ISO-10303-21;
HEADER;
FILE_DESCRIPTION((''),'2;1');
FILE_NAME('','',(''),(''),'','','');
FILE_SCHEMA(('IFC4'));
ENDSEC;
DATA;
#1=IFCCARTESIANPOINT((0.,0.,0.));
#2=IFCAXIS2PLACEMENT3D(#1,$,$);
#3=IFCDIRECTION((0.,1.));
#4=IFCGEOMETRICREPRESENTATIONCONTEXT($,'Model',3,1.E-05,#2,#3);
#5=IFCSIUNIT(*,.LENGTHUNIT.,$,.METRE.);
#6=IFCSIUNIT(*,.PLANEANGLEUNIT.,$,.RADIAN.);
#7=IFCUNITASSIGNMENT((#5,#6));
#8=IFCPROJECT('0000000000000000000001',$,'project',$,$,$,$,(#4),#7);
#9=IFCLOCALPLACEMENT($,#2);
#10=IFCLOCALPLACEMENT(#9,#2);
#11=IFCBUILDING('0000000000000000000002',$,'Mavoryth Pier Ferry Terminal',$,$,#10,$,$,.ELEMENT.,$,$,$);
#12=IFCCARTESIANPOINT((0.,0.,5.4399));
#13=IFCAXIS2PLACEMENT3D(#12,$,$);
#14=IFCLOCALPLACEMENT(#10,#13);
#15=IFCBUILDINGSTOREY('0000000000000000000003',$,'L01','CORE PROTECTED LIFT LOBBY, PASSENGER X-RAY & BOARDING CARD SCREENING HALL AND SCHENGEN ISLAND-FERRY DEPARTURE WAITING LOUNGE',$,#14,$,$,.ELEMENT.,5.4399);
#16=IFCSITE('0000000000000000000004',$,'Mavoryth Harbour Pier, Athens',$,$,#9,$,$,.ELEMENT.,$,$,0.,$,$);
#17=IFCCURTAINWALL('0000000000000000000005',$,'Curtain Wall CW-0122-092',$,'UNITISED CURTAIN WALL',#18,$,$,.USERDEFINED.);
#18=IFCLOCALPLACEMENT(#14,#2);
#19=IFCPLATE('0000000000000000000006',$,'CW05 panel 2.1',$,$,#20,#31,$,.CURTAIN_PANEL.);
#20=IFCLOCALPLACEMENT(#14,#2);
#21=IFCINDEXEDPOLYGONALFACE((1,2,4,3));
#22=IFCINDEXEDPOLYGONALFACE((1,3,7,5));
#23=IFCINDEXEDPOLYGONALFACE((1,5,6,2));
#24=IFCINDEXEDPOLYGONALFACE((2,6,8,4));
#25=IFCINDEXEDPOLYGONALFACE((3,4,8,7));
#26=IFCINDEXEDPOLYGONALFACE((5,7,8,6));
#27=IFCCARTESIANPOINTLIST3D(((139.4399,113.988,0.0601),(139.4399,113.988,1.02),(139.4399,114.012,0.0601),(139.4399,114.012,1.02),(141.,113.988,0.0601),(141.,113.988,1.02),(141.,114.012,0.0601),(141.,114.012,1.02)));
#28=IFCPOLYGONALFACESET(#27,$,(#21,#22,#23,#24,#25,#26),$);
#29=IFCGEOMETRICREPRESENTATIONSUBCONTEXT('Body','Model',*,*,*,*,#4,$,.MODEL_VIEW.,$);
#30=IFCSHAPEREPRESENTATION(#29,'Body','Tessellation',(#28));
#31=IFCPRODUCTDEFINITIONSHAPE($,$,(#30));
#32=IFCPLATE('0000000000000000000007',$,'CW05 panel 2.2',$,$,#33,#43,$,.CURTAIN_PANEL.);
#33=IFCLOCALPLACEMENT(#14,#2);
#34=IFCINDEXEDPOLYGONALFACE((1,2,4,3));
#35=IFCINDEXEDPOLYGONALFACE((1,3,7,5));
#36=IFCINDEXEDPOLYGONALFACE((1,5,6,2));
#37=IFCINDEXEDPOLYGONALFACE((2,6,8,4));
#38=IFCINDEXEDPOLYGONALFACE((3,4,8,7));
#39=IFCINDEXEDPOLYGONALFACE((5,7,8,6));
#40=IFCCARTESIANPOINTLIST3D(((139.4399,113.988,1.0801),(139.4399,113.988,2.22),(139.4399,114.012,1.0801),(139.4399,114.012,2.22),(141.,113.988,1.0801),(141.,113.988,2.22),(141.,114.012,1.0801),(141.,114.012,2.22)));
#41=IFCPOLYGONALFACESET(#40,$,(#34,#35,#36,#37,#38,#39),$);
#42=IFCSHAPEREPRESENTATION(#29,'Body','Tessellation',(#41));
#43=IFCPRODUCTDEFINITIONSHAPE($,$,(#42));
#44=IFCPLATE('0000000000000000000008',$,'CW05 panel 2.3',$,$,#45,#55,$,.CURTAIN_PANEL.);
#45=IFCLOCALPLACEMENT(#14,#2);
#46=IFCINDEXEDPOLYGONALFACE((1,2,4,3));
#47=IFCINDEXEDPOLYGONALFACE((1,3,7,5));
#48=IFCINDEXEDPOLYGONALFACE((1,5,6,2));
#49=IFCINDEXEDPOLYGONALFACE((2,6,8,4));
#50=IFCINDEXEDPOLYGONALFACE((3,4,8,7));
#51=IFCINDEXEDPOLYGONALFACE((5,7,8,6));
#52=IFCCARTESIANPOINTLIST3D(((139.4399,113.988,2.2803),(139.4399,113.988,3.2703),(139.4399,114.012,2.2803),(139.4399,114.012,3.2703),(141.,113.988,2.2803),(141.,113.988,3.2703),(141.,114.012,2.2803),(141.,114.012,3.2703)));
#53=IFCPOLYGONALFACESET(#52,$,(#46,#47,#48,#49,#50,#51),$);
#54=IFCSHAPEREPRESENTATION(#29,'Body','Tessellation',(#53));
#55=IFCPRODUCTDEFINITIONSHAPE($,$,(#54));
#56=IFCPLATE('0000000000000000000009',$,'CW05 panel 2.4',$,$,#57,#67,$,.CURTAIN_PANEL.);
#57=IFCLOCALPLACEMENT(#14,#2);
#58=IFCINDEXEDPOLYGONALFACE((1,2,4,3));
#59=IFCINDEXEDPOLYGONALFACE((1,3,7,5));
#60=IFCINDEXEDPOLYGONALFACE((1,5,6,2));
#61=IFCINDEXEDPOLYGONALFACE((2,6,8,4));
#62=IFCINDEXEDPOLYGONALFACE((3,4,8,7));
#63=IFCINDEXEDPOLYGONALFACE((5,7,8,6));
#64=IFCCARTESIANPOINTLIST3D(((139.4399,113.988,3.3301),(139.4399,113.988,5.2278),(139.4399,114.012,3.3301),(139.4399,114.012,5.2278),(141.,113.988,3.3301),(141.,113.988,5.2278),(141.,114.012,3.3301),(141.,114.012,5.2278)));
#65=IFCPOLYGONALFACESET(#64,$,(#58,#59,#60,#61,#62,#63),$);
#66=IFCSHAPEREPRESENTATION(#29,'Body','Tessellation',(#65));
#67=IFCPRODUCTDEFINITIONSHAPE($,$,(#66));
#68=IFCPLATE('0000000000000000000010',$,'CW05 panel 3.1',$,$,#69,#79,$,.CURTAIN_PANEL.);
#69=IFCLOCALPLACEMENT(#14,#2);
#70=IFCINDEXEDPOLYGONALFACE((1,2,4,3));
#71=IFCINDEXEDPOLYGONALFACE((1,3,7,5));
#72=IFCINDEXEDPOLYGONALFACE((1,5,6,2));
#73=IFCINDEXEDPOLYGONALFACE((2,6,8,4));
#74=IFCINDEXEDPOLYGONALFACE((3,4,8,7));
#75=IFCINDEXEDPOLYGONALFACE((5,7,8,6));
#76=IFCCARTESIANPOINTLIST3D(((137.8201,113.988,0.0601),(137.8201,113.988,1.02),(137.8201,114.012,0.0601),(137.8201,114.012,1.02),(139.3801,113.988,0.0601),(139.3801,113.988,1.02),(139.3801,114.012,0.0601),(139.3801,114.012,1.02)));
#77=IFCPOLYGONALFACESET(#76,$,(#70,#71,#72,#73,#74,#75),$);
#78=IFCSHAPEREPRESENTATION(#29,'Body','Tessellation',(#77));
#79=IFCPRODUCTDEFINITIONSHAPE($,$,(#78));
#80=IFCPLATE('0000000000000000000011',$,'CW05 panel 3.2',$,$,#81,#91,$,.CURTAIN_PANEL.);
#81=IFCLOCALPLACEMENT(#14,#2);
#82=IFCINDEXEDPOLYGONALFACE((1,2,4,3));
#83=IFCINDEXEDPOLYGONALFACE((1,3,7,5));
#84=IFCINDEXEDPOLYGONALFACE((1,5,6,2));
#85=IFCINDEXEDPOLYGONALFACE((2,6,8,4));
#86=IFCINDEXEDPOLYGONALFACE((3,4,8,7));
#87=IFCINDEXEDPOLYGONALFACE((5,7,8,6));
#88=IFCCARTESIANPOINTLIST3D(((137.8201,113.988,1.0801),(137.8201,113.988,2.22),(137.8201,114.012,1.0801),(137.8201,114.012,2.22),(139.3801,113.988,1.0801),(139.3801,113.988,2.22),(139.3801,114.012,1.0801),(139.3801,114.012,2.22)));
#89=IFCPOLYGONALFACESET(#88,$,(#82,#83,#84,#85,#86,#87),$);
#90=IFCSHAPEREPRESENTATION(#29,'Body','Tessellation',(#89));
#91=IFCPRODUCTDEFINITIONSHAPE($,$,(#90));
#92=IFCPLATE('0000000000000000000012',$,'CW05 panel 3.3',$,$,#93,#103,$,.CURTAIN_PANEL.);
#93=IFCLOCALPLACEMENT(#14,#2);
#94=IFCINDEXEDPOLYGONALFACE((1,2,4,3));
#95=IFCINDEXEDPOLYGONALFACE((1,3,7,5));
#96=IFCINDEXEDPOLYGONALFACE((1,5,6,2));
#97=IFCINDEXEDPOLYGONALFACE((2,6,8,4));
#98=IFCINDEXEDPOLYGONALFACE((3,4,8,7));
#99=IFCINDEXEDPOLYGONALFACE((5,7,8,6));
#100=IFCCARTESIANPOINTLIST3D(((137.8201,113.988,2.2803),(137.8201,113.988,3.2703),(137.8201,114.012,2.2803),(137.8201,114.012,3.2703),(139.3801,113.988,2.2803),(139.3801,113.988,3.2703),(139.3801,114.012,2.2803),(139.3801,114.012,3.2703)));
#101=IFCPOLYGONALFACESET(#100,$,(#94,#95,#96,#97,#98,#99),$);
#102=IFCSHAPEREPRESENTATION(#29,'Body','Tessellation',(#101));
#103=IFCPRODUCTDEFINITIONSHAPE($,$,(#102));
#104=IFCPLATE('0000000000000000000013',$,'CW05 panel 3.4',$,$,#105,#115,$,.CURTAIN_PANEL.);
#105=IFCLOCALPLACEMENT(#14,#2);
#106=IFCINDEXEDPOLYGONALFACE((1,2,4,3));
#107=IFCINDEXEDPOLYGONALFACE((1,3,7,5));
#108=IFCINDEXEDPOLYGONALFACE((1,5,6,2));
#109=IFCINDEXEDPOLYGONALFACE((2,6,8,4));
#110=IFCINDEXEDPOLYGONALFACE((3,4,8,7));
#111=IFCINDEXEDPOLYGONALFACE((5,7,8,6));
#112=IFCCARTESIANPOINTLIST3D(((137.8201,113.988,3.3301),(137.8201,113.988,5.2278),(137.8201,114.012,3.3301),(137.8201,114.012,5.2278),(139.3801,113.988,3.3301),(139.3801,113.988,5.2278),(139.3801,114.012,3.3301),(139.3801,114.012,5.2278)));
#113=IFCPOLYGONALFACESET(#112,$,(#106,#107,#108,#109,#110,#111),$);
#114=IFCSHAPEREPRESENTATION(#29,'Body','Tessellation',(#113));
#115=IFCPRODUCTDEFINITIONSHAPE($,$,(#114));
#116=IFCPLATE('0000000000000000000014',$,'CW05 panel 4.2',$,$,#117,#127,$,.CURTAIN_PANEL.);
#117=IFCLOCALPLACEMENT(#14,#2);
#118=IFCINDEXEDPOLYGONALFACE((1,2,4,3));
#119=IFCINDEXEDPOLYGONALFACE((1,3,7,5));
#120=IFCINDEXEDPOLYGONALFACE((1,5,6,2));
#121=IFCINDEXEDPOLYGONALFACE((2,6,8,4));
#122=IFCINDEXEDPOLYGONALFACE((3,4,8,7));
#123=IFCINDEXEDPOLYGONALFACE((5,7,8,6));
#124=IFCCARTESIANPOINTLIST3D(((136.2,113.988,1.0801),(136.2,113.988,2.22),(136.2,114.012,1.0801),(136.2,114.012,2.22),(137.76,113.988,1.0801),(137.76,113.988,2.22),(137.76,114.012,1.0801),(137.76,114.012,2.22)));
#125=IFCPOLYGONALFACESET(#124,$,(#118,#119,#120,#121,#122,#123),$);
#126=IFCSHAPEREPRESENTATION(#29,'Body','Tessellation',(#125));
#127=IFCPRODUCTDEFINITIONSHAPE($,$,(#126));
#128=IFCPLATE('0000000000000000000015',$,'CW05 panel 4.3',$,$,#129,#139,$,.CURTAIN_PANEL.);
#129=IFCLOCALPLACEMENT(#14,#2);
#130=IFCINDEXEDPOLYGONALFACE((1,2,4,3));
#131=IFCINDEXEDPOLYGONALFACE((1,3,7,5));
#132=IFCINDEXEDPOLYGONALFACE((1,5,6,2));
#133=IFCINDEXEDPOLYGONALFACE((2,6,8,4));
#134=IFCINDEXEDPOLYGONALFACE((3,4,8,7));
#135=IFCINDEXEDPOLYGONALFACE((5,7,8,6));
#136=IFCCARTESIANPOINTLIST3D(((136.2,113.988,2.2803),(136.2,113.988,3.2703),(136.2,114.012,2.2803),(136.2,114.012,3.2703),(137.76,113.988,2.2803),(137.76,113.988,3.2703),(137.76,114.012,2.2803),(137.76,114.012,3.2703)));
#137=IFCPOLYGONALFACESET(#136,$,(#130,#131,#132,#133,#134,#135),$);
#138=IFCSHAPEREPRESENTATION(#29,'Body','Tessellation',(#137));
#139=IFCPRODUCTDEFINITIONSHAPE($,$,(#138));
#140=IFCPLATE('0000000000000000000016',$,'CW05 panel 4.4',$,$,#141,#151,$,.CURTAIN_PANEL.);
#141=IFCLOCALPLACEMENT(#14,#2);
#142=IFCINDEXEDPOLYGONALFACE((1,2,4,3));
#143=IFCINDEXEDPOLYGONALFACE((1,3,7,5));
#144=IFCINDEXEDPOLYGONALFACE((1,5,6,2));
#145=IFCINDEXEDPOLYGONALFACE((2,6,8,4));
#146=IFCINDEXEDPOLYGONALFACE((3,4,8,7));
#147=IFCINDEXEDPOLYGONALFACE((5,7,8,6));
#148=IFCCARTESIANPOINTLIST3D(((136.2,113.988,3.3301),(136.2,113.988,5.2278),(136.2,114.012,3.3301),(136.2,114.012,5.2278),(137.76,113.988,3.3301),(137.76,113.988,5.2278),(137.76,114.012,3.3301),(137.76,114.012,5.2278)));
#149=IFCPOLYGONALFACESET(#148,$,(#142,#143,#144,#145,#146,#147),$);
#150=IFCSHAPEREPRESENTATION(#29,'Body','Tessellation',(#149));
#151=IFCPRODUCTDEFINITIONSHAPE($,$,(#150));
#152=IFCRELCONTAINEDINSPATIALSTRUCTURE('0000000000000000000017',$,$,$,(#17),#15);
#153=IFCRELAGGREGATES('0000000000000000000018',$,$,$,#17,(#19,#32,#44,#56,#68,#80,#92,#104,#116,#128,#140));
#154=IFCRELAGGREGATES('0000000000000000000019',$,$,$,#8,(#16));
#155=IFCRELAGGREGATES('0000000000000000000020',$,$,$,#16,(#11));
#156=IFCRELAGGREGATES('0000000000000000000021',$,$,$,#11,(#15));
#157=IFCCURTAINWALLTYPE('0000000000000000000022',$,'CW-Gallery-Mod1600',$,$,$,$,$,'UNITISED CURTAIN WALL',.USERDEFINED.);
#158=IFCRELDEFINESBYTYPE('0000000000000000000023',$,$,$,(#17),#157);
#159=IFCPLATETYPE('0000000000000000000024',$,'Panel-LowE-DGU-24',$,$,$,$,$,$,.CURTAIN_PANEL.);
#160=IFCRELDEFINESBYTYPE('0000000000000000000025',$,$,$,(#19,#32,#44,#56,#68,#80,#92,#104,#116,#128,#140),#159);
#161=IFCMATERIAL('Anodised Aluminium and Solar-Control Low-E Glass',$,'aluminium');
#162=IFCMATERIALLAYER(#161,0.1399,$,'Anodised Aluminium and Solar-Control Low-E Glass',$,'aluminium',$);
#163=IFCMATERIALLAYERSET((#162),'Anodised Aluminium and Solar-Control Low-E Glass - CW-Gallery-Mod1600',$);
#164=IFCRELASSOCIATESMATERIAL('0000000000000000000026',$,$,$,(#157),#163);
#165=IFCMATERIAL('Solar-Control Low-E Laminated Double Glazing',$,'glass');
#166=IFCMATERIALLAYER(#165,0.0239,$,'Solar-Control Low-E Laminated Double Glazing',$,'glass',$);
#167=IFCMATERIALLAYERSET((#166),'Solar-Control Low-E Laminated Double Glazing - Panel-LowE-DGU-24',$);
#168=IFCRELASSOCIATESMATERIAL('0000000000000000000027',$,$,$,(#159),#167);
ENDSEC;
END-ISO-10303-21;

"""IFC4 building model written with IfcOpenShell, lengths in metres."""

from ifc_helpers import new_model, si_unit, direction, frame, origin, origin_2d, place, context, subcontext, project, spatial, rectangle, extrude, material, layer, layer_set, type_object, element, aggregate, save


model = new_model("IFC4")

# Units and contexts
model_context = context("Model", 3, precision=1e-05, world=origin(), true_north=direction((0.0, 1.0)))
body_context = subcontext(model_context, "Body", "Model", "MODEL_VIEW")
ifc_project = project(units=[si_unit("LENGTHUNIT", "METRE"), si_unit("PLANEANGLEUNIT", "RADIAN")], contexts=[model_context])

# Site, building, storey
site_placement = place(None, origin())
site = spatial("IfcSite", under=ifc_project, at=site_placement, Name="Mavoryth Harbour Pier, Athens", CompositionType="ELEMENT", RefElevation=0.0)
building_placement = place(site_placement, origin())
building = spatial("IfcBuilding", under=site, at=building_placement, Name="Mavoryth Pier Ferry Terminal", CompositionType="ELEMENT")
storey_placement = place(building_placement, frame((0.0, 0.0, 5.4399)))
storey = spatial("IfcBuildingStorey", under=building, at=storey_placement, Name="L01", Description="CORE PROTECTED LIFT LOBBY, PASSENGER X-RAY & BOARDING CARD SCREENING HALL AND SCHENGEN ISLAND-FERRY DEPARTURE WAITING LOUNGE", CompositionType="ELEMENT", Elevation=5.4399)

# Curtain wall, plates
ifc_material_1 = material(Name="Anodised Aluminium and Solar-Control Low-E Glass", Category="aluminium")
ifc_layer_1 = layer(ifc_material_1, 0.1399, Name="Anodised Aluminium and Solar-Control Low-E Glass", Category="aluminium")
ifc_layer_set_1 = layer_set([ifc_layer_1], Name="Anodised Aluminium and Solar-Control Low-E Glass - CW-Gallery-Mod1600")
curtain_wall_type = type_object("IfcCurtainWallType", Name="CW-Gallery-Mod1600", ElementType="UNITISED CURTAIN WALL", PredefinedType="USERDEFINED", material=ifc_layer_set_1)
curtain_wall_placement = place(storey_placement, origin())
curtain_wall = element("IfcCurtainWall", 1, at=curtain_wall_placement, inside=storey, type_object=curtain_wall_type, Name="Curtain Wall CW-0122-092", ObjectType="UNITISED CURTAIN WALL", PredefinedType="USERDEFINED")
ifc_material_2 = material(Name="Solar-Control Low-E Laminated Double Glazing", Category="glass")
ifc_layer_2 = layer(ifc_material_2, 0.0239, Name="Solar-Control Low-E Laminated Double Glazing", Category="glass")
ifc_layer_set_2 = layer_set([ifc_layer_2], Name="Solar-Control Low-E Laminated Double Glazing - Panel-LowE-DGU-24")
plate_type = type_object("IfcPlateType", Name="Panel-LowE-DGU-24", PredefinedType="CURTAIN_PANEL", material=ifc_layer_set_2)
plate_1_placement = place(storey_placement, frame((140.22, 114.0, 0.0601), z_axis=(0.0, 0.0, 1.0), x_axis=(-1.0, 0.0, 0.0)))
plate_1 = element("IfcPlate", 2, at=plate_1_placement, type_object=plate_type, Name="CW05 panel 2.1", PredefinedType="CURTAIN_PANEL", context=body_context, shape_type="SweptSolid", body=[
    extrude(rectangle(XDim=1.5601, YDim=0.0239, at=origin_2d()), origin(), (0.0, 0.0, 1.0), 0.96),
])
plate_2_placement = place(storey_placement, frame((140.22, 114.0, 1.0801), z_axis=(0.0, 0.0, 1.0), x_axis=(-1.0, 0.0, 0.0)))
plate_2 = element("IfcPlate", 3, at=plate_2_placement, type_object=plate_type, Name="CW05 panel 2.2", PredefinedType="CURTAIN_PANEL", context=body_context, shape_type="SweptSolid", body=[
    extrude(rectangle(XDim=1.5601, YDim=0.0239, at=origin_2d()), origin(), (0.0, 0.0, 1.0), 1.1399),
])
plate_3_placement = place(storey_placement, frame((140.22, 114.0, 2.2803), z_axis=(0.0, 0.0, 1.0), x_axis=(-1.0, 0.0, 0.0)))
plate_3 = element("IfcPlate", 4, at=plate_3_placement, type_object=plate_type, Name="CW05 panel 2.3", PredefinedType="CURTAIN_PANEL", context=body_context, shape_type="SweptSolid", body=[
    extrude(rectangle(XDim=1.5601, YDim=0.0239, at=origin_2d()), origin(), (0.0, 0.0, 1.0), 0.99),
])
plate_4_placement = place(storey_placement, frame((140.22, 114.0, 3.3301), z_axis=(0.0, 0.0, 1.0), x_axis=(-1.0, 0.0, 0.0)))
plate_4 = element("IfcPlate", 5, at=plate_4_placement, type_object=plate_type, Name="CW05 panel 2.4", PredefinedType="CURTAIN_PANEL", context=body_context, shape_type="SweptSolid", body=[
    extrude(rectangle(XDim=1.5601, YDim=0.0239, at=origin_2d()), origin(), (0.0, 0.0, 1.0), 1.8977),
])
plate_5_placement = place(storey_placement, frame((138.6001, 114.0, 0.0601), z_axis=(0.0, 0.0, 1.0), x_axis=(-1.0, 0.0, 0.0)))
plate_5 = element("IfcPlate", 6, at=plate_5_placement, type_object=plate_type, Name="CW05 panel 3.1", PredefinedType="CURTAIN_PANEL", context=body_context, shape_type="SweptSolid", body=[
    extrude(rectangle(XDim=1.5601, YDim=0.0239, at=origin_2d()), origin(), (0.0, 0.0, 1.0), 0.96),
])
plate_6_placement = place(storey_placement, frame((138.6001, 114.0, 1.0801), z_axis=(0.0, 0.0, 1.0), x_axis=(-1.0, 0.0, 0.0)))
plate_6 = element("IfcPlate", 7, at=plate_6_placement, type_object=plate_type, Name="CW05 panel 3.2", PredefinedType="CURTAIN_PANEL", context=body_context, shape_type="SweptSolid", body=[
    extrude(rectangle(XDim=1.5601, YDim=0.0239, at=origin_2d()), origin(), (0.0, 0.0, 1.0), 1.1399),
])
plate_7_placement = place(storey_placement, frame((138.6001, 114.0, 2.2803), z_axis=(0.0, 0.0, 1.0), x_axis=(-1.0, 0.0, 0.0)))
plate_7 = element("IfcPlate", 8, at=plate_7_placement, type_object=plate_type, Name="CW05 panel 3.3", PredefinedType="CURTAIN_PANEL", context=body_context, shape_type="SweptSolid", body=[
    extrude(rectangle(XDim=1.5601, YDim=0.0239, at=origin_2d()), origin(), (0.0, 0.0, 1.0), 0.99),
])
plate_8_placement = place(storey_placement, frame((138.6001, 114.0, 3.3301), z_axis=(0.0, 0.0, 1.0), x_axis=(-1.0, 0.0, 0.0)))
plate_8 = element("IfcPlate", 9, at=plate_8_placement, type_object=plate_type, Name="CW05 panel 3.4", PredefinedType="CURTAIN_PANEL", context=body_context, shape_type="SweptSolid", body=[
    extrude(rectangle(XDim=1.5601, YDim=0.0239, at=origin_2d()), origin(), (0.0, 0.0, 1.0), 1.8977),
])
plate_9_placement = place(storey_placement, frame((136.98, 114.0, 1.0801), z_axis=(0.0, 0.0, 1.0), x_axis=(-1.0, 0.0, 0.0)))
plate_9 = element("IfcPlate", 10, at=plate_9_placement, type_object=plate_type, Name="CW05 panel 4.2", PredefinedType="CURTAIN_PANEL", context=body_context, shape_type="SweptSolid", body=[
    extrude(rectangle(XDim=1.5601, YDim=0.0239, at=origin_2d()), origin(), (0.0, 0.0, 1.0), 1.1399),
])
plate_10_placement = place(storey_placement, frame((136.98, 114.0, 2.2803), z_axis=(0.0, 0.0, 1.0), x_axis=(-1.0, 0.0, 0.0)))
plate_10 = element("IfcPlate", 11, at=plate_10_placement, type_object=plate_type, Name="CW05 panel 4.3", PredefinedType="CURTAIN_PANEL", context=body_context, shape_type="SweptSolid", body=[
    extrude(rectangle(XDim=1.5601, YDim=0.0239, at=origin_2d()), origin(), (0.0, 0.0, 1.0), 0.99),
])
plate_11_placement = place(storey_placement, frame((136.98, 114.0, 3.3301), z_axis=(0.0, 0.0, 1.0), x_axis=(-1.0, 0.0, 0.0)))
plate_11 = element("IfcPlate", 12, at=plate_11_placement, type_object=plate_type, Name="CW05 panel 4.4", PredefinedType="CURTAIN_PANEL", context=body_context, shape_type="SweptSolid", body=[
    extrude(rectangle(XDim=1.5601, YDim=0.0239, at=origin_2d()), origin(), (0.0, 0.0, 1.0), 1.8977),
])
aggregate(curtain_wall, [plate_1, plate_2, plate_3, plate_4, plate_5, plate_6, plate_7, plate_8, plate_9, plate_10, plate_11])

save(model, "model.ifc")
